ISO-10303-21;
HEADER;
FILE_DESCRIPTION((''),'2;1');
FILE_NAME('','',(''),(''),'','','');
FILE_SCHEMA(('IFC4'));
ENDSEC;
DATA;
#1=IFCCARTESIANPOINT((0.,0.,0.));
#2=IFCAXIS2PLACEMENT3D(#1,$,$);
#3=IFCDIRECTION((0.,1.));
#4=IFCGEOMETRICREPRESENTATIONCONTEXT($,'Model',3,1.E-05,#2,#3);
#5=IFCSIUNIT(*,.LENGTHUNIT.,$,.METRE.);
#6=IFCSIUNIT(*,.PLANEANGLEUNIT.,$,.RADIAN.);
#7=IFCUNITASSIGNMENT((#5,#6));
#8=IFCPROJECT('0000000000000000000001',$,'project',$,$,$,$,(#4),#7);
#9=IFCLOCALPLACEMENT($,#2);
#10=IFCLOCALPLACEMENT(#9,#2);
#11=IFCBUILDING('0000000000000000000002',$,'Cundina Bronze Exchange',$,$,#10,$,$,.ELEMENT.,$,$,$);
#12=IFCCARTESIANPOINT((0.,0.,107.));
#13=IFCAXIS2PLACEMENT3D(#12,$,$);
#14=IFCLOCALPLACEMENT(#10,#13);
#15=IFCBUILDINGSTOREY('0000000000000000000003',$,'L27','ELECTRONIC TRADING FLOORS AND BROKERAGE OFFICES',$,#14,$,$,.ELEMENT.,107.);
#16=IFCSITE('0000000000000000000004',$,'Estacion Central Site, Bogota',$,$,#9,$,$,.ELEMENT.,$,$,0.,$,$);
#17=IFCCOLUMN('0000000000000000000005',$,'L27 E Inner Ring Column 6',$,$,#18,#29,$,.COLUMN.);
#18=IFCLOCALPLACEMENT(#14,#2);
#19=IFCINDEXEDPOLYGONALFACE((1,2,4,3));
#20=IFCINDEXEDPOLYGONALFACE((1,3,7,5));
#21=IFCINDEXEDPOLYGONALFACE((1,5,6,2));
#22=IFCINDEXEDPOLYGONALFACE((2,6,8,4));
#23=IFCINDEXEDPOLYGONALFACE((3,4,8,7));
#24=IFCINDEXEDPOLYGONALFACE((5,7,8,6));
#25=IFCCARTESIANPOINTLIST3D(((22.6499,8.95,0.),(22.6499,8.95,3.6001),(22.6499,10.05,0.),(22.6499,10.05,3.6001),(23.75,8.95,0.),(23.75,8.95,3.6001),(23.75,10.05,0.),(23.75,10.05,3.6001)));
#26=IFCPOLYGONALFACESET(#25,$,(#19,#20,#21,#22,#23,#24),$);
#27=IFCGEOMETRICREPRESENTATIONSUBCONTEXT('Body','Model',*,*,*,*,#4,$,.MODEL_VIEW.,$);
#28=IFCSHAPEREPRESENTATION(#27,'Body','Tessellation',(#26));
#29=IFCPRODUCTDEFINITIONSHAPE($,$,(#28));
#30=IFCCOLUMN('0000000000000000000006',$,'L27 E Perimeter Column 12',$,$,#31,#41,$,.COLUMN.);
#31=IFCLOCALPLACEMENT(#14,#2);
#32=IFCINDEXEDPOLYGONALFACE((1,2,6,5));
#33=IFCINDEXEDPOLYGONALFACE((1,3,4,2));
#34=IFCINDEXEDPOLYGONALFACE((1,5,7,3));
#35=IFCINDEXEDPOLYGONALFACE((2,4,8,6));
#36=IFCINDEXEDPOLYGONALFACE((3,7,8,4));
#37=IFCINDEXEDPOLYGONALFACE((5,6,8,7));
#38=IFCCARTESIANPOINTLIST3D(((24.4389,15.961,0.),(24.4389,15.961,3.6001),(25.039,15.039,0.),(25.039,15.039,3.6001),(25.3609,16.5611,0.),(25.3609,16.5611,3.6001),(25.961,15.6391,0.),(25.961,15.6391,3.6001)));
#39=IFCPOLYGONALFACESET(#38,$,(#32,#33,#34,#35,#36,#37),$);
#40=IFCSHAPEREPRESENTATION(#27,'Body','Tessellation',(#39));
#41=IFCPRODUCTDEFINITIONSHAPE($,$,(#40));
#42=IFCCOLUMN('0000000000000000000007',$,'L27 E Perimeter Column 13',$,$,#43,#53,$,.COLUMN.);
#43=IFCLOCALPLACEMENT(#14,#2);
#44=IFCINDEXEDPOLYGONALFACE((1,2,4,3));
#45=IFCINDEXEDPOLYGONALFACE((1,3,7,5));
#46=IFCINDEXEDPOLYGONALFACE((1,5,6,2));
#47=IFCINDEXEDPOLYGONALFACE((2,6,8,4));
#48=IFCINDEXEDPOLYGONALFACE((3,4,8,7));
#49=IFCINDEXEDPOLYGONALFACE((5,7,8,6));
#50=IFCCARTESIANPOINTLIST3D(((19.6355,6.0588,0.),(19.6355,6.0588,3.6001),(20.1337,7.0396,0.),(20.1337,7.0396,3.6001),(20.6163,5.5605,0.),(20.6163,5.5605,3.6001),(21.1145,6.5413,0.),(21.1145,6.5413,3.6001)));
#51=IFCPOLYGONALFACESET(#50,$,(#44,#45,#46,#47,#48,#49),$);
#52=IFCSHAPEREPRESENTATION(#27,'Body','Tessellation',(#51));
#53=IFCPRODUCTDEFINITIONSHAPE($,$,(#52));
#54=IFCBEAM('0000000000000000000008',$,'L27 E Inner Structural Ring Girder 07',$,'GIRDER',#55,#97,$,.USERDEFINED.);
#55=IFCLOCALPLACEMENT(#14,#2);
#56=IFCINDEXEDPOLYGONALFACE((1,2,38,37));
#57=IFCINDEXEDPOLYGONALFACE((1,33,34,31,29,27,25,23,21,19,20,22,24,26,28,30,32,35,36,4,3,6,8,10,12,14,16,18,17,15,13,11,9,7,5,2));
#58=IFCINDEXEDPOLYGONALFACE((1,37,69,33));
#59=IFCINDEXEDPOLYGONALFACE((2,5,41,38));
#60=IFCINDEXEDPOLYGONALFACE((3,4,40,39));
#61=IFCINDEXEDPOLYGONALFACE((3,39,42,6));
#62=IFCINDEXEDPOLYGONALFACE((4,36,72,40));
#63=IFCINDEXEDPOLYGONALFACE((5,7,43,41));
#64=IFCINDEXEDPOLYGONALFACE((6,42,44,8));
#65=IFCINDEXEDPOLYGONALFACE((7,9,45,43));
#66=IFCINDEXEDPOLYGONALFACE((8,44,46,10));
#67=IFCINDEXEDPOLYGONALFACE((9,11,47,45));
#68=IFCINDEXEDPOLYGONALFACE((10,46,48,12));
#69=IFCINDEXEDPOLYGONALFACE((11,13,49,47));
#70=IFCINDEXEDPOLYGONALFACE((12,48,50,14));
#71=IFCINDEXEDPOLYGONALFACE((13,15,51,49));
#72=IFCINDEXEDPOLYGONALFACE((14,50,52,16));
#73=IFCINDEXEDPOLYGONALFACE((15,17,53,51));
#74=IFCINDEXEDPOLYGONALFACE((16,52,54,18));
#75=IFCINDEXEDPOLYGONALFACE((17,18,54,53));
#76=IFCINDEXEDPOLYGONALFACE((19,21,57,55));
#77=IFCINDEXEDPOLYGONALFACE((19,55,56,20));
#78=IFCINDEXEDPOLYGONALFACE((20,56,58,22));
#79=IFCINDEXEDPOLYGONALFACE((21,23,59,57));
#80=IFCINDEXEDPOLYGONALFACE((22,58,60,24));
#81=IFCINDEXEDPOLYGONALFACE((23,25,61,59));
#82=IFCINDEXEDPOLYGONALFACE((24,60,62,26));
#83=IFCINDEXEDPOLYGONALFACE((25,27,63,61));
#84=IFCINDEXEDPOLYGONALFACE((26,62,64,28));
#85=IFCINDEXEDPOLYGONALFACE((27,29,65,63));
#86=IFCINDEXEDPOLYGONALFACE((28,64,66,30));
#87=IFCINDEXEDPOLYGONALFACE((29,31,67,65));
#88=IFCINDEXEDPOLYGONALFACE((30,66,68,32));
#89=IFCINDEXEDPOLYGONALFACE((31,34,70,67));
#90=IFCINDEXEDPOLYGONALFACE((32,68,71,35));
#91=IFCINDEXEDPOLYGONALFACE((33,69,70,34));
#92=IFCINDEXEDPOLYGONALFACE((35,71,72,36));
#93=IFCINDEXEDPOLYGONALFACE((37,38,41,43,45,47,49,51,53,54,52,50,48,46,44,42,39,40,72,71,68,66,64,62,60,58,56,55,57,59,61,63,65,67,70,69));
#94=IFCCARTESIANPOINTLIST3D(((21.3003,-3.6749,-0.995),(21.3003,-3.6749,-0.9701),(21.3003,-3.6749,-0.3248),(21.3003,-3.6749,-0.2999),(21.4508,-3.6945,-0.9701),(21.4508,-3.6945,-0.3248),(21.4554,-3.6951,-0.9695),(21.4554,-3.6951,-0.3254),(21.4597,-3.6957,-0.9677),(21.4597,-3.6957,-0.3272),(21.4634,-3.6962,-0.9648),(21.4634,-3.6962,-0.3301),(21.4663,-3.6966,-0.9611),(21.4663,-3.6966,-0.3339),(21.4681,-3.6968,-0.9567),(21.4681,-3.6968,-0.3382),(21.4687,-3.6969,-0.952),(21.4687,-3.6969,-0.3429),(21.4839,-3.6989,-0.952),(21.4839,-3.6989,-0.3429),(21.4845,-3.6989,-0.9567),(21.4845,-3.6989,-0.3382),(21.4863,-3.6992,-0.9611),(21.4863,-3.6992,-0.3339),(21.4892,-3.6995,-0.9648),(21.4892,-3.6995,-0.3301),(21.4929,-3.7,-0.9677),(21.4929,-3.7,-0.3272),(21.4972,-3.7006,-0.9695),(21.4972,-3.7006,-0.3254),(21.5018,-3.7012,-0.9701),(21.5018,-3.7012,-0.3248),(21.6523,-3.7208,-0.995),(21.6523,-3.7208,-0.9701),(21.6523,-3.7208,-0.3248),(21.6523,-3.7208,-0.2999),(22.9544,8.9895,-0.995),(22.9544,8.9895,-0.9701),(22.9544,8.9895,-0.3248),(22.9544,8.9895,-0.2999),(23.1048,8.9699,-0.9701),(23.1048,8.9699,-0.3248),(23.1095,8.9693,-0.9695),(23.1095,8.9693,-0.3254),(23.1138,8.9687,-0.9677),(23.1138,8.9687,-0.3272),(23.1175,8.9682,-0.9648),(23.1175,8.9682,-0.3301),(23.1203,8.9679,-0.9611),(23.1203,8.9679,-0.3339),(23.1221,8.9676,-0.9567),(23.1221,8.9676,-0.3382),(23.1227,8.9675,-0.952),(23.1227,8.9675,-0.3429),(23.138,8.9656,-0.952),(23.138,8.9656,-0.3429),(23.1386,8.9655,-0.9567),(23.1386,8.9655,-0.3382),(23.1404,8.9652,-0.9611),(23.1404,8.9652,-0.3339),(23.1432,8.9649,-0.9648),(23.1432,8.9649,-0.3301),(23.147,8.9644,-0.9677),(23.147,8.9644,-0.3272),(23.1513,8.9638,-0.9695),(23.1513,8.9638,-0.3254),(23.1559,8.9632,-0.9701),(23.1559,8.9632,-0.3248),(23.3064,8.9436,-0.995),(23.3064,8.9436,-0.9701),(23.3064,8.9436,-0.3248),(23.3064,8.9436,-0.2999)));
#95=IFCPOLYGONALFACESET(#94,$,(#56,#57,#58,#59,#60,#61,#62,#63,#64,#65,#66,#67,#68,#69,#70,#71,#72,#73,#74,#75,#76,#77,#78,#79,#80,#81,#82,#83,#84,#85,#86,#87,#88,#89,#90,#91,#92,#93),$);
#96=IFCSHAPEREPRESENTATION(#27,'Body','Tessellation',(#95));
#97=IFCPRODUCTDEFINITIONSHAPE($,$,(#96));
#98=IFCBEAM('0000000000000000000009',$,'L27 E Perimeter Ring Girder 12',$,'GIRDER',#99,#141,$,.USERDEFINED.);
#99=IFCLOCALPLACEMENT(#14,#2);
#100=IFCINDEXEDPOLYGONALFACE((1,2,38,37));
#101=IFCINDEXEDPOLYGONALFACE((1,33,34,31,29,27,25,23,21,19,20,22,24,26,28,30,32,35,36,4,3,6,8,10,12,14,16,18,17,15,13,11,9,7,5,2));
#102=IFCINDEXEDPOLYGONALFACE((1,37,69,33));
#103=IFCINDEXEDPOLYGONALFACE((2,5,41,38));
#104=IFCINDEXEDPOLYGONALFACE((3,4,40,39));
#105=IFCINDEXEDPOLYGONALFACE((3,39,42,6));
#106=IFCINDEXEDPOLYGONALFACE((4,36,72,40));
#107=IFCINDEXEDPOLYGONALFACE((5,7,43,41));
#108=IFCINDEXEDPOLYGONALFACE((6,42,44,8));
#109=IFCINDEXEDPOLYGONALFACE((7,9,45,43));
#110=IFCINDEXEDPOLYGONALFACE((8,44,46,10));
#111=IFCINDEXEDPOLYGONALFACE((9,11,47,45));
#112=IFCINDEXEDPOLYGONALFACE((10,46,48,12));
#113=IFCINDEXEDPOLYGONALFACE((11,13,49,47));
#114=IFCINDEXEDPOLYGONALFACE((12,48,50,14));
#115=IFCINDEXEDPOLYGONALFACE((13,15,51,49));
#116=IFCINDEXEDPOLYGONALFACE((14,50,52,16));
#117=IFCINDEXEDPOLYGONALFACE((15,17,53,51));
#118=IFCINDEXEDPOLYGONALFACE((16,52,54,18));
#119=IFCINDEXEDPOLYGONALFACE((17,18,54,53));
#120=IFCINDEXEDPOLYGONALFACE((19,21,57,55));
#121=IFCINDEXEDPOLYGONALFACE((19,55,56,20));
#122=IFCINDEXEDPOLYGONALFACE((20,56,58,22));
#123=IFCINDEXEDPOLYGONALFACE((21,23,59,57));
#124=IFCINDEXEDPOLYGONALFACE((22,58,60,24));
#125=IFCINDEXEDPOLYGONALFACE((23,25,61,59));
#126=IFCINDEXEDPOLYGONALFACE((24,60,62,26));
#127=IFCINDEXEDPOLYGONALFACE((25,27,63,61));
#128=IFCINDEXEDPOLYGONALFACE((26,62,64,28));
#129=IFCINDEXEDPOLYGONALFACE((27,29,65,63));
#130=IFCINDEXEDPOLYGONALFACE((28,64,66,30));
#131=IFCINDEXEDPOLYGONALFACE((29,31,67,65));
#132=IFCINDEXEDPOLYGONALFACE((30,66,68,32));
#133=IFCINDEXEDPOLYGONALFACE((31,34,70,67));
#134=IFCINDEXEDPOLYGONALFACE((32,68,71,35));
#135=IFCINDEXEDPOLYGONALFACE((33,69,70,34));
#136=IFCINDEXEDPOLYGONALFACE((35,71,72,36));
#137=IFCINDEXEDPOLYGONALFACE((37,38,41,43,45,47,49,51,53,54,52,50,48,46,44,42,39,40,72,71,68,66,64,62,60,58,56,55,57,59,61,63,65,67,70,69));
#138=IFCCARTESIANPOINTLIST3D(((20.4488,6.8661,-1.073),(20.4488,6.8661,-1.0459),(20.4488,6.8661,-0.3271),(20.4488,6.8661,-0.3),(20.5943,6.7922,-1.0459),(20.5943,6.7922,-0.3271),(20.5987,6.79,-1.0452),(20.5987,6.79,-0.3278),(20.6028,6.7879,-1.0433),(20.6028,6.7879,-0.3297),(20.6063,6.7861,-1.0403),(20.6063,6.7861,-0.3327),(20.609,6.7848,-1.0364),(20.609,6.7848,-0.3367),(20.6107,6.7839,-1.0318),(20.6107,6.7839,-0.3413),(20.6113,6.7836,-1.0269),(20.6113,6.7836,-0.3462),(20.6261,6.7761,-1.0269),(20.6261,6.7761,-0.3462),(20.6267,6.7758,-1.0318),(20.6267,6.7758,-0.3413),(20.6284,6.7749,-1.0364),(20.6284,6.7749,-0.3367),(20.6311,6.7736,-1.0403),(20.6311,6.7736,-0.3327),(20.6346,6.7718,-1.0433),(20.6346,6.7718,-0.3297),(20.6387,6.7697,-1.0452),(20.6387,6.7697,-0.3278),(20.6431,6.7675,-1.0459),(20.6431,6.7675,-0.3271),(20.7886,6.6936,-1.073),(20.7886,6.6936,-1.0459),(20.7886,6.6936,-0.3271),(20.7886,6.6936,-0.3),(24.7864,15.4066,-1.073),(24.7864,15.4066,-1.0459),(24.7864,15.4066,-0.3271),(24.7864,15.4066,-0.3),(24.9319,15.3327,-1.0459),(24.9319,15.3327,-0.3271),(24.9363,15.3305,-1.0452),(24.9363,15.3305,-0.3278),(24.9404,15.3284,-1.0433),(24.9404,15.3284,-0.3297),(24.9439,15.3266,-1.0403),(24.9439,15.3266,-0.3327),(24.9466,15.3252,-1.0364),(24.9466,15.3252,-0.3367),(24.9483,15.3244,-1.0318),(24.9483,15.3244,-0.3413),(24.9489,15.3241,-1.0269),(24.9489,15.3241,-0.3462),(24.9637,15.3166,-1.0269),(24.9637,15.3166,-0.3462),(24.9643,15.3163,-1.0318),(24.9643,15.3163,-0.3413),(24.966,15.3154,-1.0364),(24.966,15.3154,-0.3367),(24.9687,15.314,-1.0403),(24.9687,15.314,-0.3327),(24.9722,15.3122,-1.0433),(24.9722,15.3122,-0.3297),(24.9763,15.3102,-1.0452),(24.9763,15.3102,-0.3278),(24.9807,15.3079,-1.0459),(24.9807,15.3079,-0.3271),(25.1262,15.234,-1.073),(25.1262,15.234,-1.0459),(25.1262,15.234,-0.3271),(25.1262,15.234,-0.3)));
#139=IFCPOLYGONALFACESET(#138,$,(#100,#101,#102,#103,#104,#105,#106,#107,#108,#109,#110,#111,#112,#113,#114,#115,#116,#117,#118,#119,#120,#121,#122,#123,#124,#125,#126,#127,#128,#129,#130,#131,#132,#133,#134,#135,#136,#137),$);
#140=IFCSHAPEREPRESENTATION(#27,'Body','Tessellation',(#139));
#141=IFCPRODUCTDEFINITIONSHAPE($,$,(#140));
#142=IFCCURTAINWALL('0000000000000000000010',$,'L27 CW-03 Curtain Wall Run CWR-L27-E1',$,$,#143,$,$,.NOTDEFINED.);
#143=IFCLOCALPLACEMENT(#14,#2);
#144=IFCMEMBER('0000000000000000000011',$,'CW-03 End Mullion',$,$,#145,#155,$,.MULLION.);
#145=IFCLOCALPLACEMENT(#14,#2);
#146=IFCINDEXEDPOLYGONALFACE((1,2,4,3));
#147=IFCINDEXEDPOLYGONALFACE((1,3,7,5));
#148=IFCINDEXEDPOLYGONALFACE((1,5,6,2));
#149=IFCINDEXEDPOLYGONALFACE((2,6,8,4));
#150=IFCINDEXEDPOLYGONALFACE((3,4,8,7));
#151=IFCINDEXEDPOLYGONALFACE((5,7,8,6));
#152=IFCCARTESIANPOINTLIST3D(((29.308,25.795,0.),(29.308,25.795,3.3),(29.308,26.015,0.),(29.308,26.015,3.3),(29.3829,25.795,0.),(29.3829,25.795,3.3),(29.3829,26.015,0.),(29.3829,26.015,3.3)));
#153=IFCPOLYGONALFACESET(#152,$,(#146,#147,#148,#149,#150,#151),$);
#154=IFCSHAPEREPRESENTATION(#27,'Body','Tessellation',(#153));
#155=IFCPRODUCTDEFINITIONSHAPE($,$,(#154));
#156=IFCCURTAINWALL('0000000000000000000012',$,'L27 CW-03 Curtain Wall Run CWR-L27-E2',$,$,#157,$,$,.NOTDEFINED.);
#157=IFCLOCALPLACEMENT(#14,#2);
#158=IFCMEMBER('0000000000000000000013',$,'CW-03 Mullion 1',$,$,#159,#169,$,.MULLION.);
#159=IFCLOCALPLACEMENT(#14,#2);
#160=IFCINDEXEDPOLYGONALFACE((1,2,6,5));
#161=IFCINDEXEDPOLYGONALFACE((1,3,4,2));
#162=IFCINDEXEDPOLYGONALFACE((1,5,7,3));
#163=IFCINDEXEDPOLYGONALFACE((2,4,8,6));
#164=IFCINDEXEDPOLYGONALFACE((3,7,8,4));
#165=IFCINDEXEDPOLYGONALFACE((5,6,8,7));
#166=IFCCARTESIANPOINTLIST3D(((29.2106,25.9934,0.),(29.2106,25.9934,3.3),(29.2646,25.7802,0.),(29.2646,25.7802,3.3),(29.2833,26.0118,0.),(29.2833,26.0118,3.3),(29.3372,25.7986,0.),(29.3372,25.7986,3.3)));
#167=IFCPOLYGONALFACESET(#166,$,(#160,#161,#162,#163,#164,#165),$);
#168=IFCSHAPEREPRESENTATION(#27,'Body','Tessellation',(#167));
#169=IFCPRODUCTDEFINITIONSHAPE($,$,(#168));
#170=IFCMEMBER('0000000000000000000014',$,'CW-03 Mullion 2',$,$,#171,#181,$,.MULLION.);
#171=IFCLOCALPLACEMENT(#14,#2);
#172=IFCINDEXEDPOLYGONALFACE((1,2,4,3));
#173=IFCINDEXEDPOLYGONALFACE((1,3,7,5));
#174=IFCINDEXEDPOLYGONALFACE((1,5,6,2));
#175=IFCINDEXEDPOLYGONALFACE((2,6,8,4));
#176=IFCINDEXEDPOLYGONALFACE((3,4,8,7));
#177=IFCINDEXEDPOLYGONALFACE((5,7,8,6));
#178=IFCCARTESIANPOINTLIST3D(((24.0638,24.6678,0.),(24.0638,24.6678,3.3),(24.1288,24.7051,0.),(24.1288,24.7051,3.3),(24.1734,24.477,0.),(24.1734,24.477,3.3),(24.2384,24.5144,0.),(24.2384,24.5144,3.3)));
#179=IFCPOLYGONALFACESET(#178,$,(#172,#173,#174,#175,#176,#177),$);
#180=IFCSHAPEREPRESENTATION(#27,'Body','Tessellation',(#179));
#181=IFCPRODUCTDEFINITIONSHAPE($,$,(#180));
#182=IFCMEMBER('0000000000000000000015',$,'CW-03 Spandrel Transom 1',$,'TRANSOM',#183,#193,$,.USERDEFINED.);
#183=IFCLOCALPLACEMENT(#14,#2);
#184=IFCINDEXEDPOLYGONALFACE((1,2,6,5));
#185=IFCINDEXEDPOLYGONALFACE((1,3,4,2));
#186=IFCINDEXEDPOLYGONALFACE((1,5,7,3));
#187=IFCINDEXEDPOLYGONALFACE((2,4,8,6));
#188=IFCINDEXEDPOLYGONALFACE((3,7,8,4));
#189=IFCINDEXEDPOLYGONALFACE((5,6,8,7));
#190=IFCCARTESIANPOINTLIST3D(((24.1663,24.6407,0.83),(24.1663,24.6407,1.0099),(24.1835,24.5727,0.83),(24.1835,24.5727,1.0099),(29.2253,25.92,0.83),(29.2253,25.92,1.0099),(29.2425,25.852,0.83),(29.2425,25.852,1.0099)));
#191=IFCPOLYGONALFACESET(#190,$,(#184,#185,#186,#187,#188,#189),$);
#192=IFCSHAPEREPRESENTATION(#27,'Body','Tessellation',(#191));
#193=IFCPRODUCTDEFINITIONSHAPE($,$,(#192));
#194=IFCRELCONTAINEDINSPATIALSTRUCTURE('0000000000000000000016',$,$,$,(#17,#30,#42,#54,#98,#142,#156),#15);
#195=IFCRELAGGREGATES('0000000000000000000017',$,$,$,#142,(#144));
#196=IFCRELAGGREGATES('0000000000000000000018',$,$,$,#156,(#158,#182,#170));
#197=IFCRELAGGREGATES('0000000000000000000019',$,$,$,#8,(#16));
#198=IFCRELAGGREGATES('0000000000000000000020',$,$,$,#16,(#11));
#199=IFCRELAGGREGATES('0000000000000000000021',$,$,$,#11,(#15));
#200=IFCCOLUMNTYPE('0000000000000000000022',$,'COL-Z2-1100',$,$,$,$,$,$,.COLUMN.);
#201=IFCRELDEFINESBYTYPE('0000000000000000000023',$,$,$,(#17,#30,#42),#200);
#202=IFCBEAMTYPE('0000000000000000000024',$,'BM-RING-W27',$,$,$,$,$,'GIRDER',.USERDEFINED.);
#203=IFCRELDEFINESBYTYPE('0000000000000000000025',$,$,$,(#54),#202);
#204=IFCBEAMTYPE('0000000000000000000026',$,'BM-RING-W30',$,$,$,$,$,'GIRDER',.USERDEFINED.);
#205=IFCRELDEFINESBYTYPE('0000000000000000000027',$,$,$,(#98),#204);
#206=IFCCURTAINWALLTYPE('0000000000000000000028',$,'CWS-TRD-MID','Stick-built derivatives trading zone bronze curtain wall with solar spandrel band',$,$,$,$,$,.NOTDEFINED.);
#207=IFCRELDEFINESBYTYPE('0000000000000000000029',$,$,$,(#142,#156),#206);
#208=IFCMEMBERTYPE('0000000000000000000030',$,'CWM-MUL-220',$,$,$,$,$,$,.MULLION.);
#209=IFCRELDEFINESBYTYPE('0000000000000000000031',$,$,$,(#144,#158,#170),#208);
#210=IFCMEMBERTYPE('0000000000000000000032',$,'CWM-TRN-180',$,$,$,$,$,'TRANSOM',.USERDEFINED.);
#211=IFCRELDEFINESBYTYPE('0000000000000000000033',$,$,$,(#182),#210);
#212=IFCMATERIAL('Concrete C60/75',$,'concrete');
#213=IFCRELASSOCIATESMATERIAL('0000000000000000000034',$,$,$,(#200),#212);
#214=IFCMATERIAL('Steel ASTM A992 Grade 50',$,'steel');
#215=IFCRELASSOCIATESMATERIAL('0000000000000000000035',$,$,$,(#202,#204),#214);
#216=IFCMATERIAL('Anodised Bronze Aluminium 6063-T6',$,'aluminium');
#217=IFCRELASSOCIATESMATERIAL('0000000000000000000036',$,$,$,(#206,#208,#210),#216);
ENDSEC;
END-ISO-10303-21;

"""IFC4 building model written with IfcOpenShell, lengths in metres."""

from ifc_helpers import new_model, si_unit, direction, frame, origin, origin_2d, place, context, subcontext, project, spatial, rectangle, i_section, extrude, material, material_profile, profile_set, type_object, element, aggregate, save


model = new_model("IFC4")

# Units and contexts
model_context = context("Model", 3, precision=1e-05, world=origin(), true_north=direction((0.0, 1.0)))
body_context = subcontext(model_context, "Body", "Model", "MODEL_VIEW")
ifc_project = project(units=[si_unit("LENGTHUNIT", "METRE"), si_unit("PLANEANGLEUNIT", "RADIAN")], contexts=[model_context])

# Site, building, storey
site_placement = place(None, origin())
site = spatial("IfcSite", under=ifc_project, at=site_placement, Name="Estacion Central Site, Bogota", CompositionType="ELEMENT", RefElevation=0.0)
building_placement = place(site_placement, origin())
building = spatial("IfcBuilding", under=site, at=building_placement, Name="Cundina Bronze Exchange", CompositionType="ELEMENT")
storey_placement = place(building_placement, frame((0.0, 0.0, 107.0)))
storey = spatial("IfcBuildingStorey", under=building, at=storey_placement, Name="L27", Description="ELECTRONIC TRADING FLOORS AND BROKERAGE OFFICES", CompositionType="ELEMENT", Elevation=107.0)

# Columns
ifc_material_1 = material(Name="Concrete C60/75", Category="concrete")
ifc_material_profile_1 = material_profile(ifc_material_1, rectangle(XDim=1.1001, YDim=1.1001, at=origin_2d()), Name="RC1100X1100", Category="concrete")
ifc_profile_set_1 = profile_set([ifc_material_profile_1], Name="Concrete C60/75")
column_type = type_object("IfcColumnType", Name="COL-Z2-1100", PredefinedType="COLUMN", material=ifc_profile_set_1)
for number, where, z_axis, x_axis, name in (
    (1, (23.2, 9.5, 0.0), (0.0, 0.0, 1.0), (1.0, 0.0, 0.0), "L27 E Inner Ring Column 6"),
    (2, (25.2, 15.8, 0.0), (0.0, 0.0, 1.0), (-0.8381, -0.545517, 0.0), "L27 E Perimeter Column 12"),
    (3, (20.375, 6.3, 0.0), (0.0, 0.0, 1.0), (-0.452902, -0.891561, 0.0), "L27 E Perimeter Column 13"),
):
    element("IfcColumn", number, at=place(storey_placement, frame(where, z_axis=z_axis, x_axis=x_axis)), inside=storey, type_object=column_type, Name=name, PredefinedType="COLUMN", context=body_context, shape_type="SweptSolid", body=[
        extrude(rectangle(XDim=1.1001, YDim=1.1001, at=origin_2d()), origin(), (0.0, 0.0, 1.0), 3.6001),
    ])

# Beams
ifc_material_2 = material(Name="Steel ASTM A992 Grade 50", Category="steel")
ifc_material_profile_2 = material_profile(ifc_material_2, i_section(OverallWidth=0.355, OverallDepth=0.6951, WebThickness=0.0154, FlangeThickness=0.0249, FilletRadius=0.0181, at=origin_2d()), Name="W27X146", Category="steel")
ifc_profile_set_2 = profile_set([ifc_material_profile_2], Name="Steel ASTM A992 Grade 50")
beam_type_1 = type_object("IfcBeamType", Name="BM-RING-W27", ElementType="GIRDER", PredefinedType="USERDEFINED", material=ifc_profile_set_2)
beam_1_placement = place(storey_placement, frame((23.1304, 8.9666, -0.6475), z_axis=(-0.129508, -0.991578, 0.0), x_axis=(0.991578, -0.129508, 0.0)))
element("IfcBeam", 4, at=beam_1_placement, inside=storey, type_object=beam_type_1, Name="L27 E Inner Structural Ring Girder 07", ObjectType="GIRDER", PredefinedType="USERDEFINED", context=body_context, shape_type="SweptSolid", body=[
    extrude(i_section(OverallWidth=0.355, OverallDepth=0.6951, WebThickness=0.0154, FlangeThickness=0.0249, FilletRadius=0.0181, at=origin_2d()), origin(), (0.0, 0.0, 1.0), 12.772),
])
ifc_material_profile_3 = material_profile(ifc_material_2, i_section(OverallWidth=0.3811, OverallDepth=0.7729, WebThickness=0.0166, FlangeThickness=0.0271, FilletRadius=0.019, at=origin_2d()), Name="W30X173", Category="steel")
ifc_profile_set_3 = profile_set([ifc_material_profile_3], Name="Steel ASTM A992 Grade 50")
beam_type_2 = type_object("IfcBeamType", Name="BM-RING-W30", ElementType="GIRDER", PredefinedType="USERDEFINED", material=ifc_profile_set_3)
beam_2_placement = place(storey_placement, frame((24.9563, 15.3203, -0.6865), z_axis=(-0.452832, -0.891596, 0.0), x_axis=(0.891596, -0.452832, 0.0)))
element("IfcBeam", 5, at=beam_2_placement, inside=storey, type_object=beam_type_2, Name="L27 E Perimeter Ring Girder 12", ObjectType="GIRDER", PredefinedType="USERDEFINED", context=body_context, shape_type="SweptSolid", body=[
    extrude(i_section(OverallWidth=0.3811, OverallDepth=0.7729, WebThickness=0.0166, FlangeThickness=0.0271, FilletRadius=0.019, at=origin_2d()), origin(), (0.0, 0.0, 1.0), 9.5789),
])

# Curtain wall, member
ifc_material_3 = material(Name="Anodised Bronze Aluminium 6063-T6", Category="aluminium")
curtain_wall_type = type_object("IfcCurtainWallType", Name="CWS-TRD-MID", Description="Stick-built derivatives trading zone bronze curtain wall with solar spandrel band", PredefinedType="NOTDEFINED", material=ifc_material_3)
curtain_wall_1_placement = place(storey_placement, origin())
curtain_wall_1 = element("IfcCurtainWall", 6, at=curtain_wall_1_placement, inside=storey, type_object=curtain_wall_type, Name="L27 CW-03 Curtain Wall Run CWR-L27-E1", PredefinedType="NOTDEFINED")
ifc_material_profile_4 = material_profile(ifc_material_3, rectangle(XDim=0.075, YDim=0.22, at=origin_2d()), Name="AL75X220", Category="aluminium")
ifc_profile_set_4 = profile_set([ifc_material_profile_4], Name="Anodised Bronze Aluminium 6063-T6")
member_type_1 = type_object("IfcMemberType", Name="CWM-MUL-220", PredefinedType="MULLION", material=ifc_profile_set_4)
member_1_placement = place(storey_placement, frame((29.3455, 25.905, 0.0), z_axis=(0.0, 0.0, 1.0), x_axis=(-1.0, 0.0, 0.0)))
member_1 = element("IfcMember", 7, at=member_1_placement, type_object=member_type_1, Name="CW-03 End Mullion", PredefinedType="MULLION", context=body_context, shape_type="SweptSolid", body=[
    extrude(rectangle(XDim=0.075, YDim=0.22, at=origin_2d()), origin(), (0.0, 0.0, 1.0), 3.3),
])
aggregate(curtain_wall_1, [member_1])

# Curtain wall, members
curtain_wall_2_placement = place(storey_placement, origin())
curtain_wall_2 = element("IfcCurtainWall", 8, at=curtain_wall_2_placement, inside=storey, type_object=curtain_wall_type, Name="L27 CW-03 Curtain Wall Run CWR-L27-E2", PredefinedType="NOTDEFINED")
member_2_placement = place(storey_placement, frame((29.2739, 25.896, 0.0), z_axis=(0.0, 0.0, 1.0), x_axis=(-0.969488, -0.245138, 0.0)))
member_2 = element("IfcMember", 9, at=member_2_placement, type_object=member_type_1, Name="CW-03 Mullion 1", PredefinedType="MULLION", context=body_context, shape_type="SweptSolid", body=[
    extrude(rectangle(XDim=0.075, YDim=0.22, at=origin_2d()), origin(), (0.0, 0.0, 1.0), 3.3),
])
member_3_placement = place(storey_placement, frame((24.1511, 24.5911, 0.0), z_axis=(0.0, 0.0, 1.0), x_axis=(-0.867071, -0.498185, 0.0)))
member_3 = element("IfcMember", 10, at=member_3_placement, type_object=member_type_1, Name="CW-03 Mullion 2", PredefinedType="MULLION", context=body_context, shape_type="SweptSolid", body=[
    extrude(rectangle(XDim=0.075, YDim=0.22, at=origin_2d()), origin(), (0.0, 0.0, 1.0), 3.3),
])
ifc_material_profile_5 = material_profile(ifc_material_3, rectangle(XDim=0.0701, YDim=0.1799, at=origin_2d()), Name="AL70X180", Category="aluminium")
ifc_profile_set_5 = profile_set([ifc_material_profile_5], Name="Anodised Bronze Aluminium 6063-T6")
member_type_2 = type_object("IfcMemberType", Name="CWM-TRN-180", ElementType="TRANSOM", PredefinedType="USERDEFINED", material=ifc_profile_set_5)
member_4_placement = place(storey_placement, frame((29.2339, 25.886, 0.9199), z_axis=(-0.969484, -0.245155, 0.0), x_axis=(0.245155, -0.969484, 0.0)))
member_4 = element("IfcMember", 11, at=member_4_placement, type_object=member_type_2, Name="CW-03 Spandrel Transom 1", ObjectType="TRANSOM", PredefinedType="USERDEFINED", context=body_context, shape_type="SweptSolid", body=[
    extrude(rectangle(XDim=0.0701, YDim=0.1799, at=origin_2d()), origin(), (0.0, 0.0, 1.0), 5.2183),
])
aggregate(curtain_wall_2, [member_2, member_4, member_3])

save(model, "model.ifc")
